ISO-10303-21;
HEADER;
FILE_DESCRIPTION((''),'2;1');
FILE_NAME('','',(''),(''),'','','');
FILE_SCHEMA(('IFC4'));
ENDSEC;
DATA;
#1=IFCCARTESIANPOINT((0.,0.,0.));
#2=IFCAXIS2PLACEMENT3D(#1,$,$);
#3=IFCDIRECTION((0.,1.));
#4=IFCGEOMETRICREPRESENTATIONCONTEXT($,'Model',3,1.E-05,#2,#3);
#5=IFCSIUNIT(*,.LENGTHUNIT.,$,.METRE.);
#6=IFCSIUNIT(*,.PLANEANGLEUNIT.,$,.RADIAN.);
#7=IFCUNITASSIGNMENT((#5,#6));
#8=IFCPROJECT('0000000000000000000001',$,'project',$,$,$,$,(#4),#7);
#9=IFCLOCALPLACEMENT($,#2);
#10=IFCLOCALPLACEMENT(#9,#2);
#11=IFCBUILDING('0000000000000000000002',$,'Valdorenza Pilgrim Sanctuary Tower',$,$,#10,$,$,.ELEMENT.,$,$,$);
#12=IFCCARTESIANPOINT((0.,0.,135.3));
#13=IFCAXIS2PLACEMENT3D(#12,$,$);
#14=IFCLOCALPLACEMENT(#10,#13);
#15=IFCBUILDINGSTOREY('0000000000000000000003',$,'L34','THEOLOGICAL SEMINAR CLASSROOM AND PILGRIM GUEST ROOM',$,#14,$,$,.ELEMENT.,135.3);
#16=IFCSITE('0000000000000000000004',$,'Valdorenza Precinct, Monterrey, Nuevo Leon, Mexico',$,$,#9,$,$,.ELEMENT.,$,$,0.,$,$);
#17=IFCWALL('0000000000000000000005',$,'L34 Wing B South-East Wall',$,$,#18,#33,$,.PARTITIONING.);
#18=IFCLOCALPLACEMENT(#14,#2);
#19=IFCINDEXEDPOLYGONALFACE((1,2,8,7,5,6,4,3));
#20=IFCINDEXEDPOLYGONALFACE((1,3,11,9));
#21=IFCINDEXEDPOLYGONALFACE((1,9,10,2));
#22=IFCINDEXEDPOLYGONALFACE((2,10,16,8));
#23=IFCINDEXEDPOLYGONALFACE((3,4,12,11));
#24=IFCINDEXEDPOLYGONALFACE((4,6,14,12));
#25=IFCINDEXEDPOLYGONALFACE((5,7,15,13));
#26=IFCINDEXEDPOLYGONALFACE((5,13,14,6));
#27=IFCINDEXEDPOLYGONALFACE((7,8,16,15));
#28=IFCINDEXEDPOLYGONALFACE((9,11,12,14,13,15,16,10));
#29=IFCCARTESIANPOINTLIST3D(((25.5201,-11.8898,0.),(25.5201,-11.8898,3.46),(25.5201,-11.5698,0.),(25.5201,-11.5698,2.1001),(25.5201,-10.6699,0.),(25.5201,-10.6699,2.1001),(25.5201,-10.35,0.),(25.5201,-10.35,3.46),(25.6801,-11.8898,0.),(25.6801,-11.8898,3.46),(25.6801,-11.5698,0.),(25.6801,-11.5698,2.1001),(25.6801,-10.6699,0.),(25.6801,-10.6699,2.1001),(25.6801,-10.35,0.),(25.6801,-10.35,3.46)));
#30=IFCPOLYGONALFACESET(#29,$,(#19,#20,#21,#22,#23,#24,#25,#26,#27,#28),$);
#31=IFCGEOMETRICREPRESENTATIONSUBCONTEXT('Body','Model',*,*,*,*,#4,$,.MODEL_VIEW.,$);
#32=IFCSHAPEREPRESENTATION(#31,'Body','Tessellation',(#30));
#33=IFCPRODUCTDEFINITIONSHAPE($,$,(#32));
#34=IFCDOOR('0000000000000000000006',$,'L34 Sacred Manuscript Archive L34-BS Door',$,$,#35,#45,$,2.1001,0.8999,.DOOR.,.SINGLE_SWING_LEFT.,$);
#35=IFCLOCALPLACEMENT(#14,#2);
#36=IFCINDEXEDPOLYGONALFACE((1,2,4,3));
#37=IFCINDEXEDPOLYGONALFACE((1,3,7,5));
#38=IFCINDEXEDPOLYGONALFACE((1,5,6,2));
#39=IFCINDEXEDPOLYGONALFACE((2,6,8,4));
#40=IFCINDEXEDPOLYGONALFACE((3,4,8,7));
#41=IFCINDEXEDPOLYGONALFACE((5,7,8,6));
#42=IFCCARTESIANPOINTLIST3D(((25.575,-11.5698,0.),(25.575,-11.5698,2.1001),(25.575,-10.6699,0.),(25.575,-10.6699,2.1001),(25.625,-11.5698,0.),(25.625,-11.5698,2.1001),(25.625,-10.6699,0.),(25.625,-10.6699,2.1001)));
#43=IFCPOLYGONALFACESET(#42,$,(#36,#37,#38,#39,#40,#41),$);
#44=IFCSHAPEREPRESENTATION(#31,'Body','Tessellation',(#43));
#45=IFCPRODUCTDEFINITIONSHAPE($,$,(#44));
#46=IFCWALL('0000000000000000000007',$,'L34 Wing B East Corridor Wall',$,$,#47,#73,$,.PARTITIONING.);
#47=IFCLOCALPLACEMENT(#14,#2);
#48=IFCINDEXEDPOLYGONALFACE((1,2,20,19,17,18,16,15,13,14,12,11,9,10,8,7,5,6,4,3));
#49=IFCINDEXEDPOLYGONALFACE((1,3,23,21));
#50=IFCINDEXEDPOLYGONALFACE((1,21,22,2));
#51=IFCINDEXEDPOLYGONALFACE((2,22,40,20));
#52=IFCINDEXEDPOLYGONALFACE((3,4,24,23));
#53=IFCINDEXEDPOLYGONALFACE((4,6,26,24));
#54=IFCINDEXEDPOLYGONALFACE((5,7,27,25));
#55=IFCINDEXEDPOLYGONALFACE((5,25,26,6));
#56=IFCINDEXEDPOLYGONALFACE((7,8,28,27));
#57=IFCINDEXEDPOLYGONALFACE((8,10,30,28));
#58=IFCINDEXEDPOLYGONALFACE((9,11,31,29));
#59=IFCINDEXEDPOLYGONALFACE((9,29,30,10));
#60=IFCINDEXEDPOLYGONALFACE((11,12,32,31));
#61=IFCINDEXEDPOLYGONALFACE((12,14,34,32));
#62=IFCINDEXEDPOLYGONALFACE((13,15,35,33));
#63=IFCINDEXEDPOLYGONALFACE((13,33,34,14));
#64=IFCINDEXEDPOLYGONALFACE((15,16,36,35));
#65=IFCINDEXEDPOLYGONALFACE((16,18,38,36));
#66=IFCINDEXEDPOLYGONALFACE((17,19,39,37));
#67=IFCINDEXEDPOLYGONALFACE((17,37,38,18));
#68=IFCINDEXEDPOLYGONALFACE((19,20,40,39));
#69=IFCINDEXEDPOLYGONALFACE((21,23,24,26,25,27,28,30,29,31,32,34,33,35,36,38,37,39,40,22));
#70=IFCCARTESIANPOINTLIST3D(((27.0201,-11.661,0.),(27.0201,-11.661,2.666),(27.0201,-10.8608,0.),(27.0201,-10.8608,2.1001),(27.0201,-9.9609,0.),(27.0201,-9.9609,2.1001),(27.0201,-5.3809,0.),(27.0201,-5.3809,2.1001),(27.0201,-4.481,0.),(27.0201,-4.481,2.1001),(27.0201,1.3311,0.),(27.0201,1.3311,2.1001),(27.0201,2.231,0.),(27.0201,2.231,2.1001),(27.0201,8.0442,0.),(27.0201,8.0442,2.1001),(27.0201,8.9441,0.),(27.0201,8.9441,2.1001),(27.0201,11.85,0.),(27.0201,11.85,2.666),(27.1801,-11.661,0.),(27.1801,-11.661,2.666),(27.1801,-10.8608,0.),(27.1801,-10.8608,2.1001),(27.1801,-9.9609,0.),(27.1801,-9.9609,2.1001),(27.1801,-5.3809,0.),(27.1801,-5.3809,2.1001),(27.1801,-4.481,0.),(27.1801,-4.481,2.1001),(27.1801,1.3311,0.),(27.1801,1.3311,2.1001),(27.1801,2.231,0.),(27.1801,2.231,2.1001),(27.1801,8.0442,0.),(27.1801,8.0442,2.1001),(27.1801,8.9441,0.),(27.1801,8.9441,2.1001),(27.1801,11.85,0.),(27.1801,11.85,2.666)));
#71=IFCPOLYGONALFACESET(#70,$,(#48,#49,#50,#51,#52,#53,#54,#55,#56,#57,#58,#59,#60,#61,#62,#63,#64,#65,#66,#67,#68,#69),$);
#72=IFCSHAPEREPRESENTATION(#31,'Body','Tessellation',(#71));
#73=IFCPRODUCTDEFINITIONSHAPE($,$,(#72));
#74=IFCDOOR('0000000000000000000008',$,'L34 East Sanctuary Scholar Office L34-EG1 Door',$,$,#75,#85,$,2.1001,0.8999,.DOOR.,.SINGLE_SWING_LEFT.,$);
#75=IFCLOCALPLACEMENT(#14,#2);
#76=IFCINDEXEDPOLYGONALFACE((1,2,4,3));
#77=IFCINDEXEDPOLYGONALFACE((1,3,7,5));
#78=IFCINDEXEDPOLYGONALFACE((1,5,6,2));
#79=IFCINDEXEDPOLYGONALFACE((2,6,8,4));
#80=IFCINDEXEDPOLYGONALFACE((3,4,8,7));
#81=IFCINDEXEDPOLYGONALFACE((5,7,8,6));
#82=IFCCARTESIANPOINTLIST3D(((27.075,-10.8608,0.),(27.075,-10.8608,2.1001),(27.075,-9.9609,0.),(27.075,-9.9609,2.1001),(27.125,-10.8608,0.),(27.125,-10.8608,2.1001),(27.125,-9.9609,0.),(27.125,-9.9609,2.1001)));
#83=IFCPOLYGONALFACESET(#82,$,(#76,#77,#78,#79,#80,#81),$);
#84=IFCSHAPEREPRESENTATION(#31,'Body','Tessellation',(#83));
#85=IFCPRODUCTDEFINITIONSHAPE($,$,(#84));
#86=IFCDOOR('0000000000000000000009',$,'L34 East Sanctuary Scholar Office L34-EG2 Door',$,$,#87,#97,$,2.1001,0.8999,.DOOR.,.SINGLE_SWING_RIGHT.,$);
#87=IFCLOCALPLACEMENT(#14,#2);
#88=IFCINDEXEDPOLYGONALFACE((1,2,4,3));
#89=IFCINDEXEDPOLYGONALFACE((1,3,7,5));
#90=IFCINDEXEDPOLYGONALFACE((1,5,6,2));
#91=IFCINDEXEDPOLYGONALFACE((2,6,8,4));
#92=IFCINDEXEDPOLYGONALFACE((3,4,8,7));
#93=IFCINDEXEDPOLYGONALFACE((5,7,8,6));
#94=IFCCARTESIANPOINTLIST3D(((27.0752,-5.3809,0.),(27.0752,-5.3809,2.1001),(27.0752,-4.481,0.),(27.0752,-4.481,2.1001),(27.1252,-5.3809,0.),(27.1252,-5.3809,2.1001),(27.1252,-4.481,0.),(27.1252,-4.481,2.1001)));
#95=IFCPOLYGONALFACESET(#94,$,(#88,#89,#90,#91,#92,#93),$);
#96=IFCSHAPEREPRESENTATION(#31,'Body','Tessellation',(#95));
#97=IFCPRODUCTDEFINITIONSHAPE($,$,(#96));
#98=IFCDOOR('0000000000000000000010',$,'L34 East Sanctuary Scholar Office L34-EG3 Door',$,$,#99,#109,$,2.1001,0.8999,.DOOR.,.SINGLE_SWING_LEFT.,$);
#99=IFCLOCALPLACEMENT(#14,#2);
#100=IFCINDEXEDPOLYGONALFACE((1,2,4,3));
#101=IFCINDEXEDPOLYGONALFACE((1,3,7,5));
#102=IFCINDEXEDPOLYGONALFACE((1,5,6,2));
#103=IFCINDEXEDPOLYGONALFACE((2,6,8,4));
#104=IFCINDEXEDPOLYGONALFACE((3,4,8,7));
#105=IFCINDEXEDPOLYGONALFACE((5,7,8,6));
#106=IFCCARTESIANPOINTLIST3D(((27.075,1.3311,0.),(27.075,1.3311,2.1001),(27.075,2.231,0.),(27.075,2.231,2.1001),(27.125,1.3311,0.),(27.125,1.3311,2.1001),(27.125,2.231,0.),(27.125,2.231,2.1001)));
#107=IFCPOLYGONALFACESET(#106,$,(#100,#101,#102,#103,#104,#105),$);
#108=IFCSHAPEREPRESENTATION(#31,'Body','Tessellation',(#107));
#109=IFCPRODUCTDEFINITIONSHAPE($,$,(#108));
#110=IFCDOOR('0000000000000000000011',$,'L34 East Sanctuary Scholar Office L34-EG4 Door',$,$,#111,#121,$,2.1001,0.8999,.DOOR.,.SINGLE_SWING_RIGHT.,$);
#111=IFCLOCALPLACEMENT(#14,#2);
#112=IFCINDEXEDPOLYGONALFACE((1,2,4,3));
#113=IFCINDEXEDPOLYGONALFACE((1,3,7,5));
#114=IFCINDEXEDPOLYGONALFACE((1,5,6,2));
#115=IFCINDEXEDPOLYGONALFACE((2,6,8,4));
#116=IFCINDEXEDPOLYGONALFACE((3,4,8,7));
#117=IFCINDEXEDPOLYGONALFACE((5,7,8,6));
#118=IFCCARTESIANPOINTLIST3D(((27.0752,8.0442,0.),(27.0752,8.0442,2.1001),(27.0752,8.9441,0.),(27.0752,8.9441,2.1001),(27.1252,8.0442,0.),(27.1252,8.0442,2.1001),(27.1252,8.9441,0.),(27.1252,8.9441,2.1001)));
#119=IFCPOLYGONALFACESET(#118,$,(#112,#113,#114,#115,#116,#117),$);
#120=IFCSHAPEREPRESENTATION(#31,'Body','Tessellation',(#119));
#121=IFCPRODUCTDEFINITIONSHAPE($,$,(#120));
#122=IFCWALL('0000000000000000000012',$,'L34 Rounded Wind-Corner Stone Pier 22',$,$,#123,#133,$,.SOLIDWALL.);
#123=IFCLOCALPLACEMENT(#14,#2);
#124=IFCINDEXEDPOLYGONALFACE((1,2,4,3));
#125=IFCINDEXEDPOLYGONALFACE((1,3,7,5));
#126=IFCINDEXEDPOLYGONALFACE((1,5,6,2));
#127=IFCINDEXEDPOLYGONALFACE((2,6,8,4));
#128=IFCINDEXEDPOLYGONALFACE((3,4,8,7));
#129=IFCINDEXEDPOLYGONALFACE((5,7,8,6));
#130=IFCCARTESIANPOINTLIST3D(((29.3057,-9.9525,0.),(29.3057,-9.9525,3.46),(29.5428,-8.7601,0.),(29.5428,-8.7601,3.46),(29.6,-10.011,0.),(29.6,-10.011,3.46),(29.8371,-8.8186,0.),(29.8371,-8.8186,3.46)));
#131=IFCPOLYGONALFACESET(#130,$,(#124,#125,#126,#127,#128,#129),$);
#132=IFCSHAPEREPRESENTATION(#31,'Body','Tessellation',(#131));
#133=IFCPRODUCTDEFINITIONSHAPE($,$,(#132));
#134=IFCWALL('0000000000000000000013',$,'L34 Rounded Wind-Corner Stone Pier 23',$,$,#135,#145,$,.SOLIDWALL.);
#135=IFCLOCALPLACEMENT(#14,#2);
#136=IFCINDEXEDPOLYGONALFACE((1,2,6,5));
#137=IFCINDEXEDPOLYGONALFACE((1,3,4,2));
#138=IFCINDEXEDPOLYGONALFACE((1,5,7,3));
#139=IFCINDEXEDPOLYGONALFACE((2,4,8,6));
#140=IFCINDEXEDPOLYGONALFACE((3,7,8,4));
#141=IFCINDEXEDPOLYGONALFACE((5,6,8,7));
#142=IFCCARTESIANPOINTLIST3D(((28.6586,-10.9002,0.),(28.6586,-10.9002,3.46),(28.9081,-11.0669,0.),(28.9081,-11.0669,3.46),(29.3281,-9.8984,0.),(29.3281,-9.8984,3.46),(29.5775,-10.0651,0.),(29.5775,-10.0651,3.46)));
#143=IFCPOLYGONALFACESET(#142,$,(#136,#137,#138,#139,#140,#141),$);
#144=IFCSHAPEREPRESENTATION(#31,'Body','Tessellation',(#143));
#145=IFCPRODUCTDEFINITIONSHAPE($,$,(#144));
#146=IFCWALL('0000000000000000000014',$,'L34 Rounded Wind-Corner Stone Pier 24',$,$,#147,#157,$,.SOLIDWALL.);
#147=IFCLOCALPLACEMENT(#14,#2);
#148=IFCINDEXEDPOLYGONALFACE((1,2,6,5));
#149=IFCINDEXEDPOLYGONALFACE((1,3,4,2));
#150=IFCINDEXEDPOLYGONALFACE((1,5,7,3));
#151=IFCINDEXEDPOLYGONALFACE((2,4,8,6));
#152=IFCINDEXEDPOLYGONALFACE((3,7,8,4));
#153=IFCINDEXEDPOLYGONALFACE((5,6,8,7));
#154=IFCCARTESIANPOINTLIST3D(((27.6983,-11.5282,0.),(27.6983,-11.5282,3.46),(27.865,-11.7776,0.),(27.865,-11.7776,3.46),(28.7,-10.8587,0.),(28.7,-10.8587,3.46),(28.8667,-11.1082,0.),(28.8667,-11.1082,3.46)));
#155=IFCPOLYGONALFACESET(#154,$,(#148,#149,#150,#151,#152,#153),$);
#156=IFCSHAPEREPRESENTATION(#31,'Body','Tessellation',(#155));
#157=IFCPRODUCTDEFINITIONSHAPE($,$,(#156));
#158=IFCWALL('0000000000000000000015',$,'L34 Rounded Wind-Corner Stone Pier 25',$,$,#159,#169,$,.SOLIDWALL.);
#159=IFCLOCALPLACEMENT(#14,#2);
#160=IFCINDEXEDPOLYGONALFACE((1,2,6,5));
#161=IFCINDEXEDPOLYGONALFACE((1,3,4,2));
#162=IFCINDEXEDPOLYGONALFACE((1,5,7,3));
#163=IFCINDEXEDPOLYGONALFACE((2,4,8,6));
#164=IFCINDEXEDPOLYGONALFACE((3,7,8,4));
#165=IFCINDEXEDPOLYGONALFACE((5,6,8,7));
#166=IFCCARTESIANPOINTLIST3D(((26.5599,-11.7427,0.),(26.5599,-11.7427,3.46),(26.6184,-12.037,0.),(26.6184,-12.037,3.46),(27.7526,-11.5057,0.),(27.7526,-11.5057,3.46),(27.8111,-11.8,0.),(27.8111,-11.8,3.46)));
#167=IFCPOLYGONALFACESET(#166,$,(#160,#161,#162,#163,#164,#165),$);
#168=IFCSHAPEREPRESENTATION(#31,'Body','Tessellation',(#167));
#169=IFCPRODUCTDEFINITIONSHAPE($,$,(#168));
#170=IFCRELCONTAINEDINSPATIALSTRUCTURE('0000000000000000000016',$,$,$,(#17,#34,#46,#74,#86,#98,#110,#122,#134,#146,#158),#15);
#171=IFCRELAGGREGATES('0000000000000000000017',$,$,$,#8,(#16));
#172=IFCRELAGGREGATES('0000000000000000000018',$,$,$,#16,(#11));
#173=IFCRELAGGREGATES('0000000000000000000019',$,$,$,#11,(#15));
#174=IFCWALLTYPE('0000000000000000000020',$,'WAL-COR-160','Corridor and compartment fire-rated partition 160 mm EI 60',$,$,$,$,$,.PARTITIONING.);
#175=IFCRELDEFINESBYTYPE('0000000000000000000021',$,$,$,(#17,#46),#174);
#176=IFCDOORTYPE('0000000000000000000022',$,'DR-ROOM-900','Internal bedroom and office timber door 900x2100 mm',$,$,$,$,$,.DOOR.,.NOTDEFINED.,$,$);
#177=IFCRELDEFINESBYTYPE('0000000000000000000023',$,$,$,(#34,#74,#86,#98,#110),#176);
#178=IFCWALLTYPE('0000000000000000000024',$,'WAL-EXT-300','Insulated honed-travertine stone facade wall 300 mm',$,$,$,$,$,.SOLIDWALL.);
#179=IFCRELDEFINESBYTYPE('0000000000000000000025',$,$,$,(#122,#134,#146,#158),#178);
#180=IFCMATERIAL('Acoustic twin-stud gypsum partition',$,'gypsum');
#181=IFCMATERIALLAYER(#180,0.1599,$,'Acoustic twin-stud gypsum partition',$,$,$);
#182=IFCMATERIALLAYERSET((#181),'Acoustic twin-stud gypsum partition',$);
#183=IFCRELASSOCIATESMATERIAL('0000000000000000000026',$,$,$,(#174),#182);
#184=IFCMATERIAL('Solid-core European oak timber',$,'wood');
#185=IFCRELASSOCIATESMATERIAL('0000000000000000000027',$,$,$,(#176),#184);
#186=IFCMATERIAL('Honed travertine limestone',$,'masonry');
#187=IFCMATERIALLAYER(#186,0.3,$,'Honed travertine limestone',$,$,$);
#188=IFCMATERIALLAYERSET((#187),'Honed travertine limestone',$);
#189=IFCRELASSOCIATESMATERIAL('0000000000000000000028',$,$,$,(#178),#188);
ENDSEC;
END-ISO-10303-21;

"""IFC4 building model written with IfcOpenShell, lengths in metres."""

from ifc_helpers import new_model, si_unit, direction, frame, frame_2d, origin, place, context, subcontext, project, spatial, rectangle, extrude, material, layer, layer_set, type_object, element, fill, save


model = new_model("IFC4")

# Units and contexts
model_context = context("Model", 3, precision=1e-05, world=origin(), true_north=direction((0.0, 1.0)))
body_context = subcontext(model_context, "Body", "Model", "MODEL_VIEW")
ifc_project = project(units=[si_unit("LENGTHUNIT", "METRE"), si_unit("PLANEANGLEUNIT", "RADIAN")], contexts=[model_context])

# Site, building, storey
site_placement = place(None, origin())
site = spatial("IfcSite", under=ifc_project, at=site_placement, Name="Valdorenza Precinct, Monterrey, Nuevo Leon, Mexico", CompositionType="ELEMENT", RefElevation=0.0)
building_placement = place(site_placement, origin())
building = spatial("IfcBuilding", under=site, at=building_placement, Name="Valdorenza Pilgrim Sanctuary Tower", CompositionType="ELEMENT")
storey_placement = place(building_placement, frame((0.0, 0.0, 135.3)))
storey = spatial("IfcBuildingStorey", under=building, at=storey_placement, Name="L34", Description="THEOLOGICAL SEMINAR CLASSROOM AND PILGRIM GUEST ROOM", CompositionType="ELEMENT", Elevation=135.3)

# Wall, opening, door
ifc_material_1 = material(Name="Acoustic twin-stud gypsum partition", Category="gypsum")
ifc_layer_1 = layer(ifc_material_1, 0.1599, Name="Acoustic twin-stud gypsum partition")
ifc_layer_set_1 = layer_set([ifc_layer_1], Name="Acoustic twin-stud gypsum partition")
wall_type_1 = type_object("IfcWallType", Name="WAL-COR-160", Description="Corridor and compartment fire-rated partition 160 mm EI 60", PredefinedType="PARTITIONING", material=ifc_layer_set_1)
wall_1_placement = place(storey_placement, frame((25.6001, -11.8899, 0.0), z_axis=(0.0, 0.0, 1.0), x_axis=(0.0, 1.0, 0.0)))
wall_1 = element("IfcWall", 1, at=wall_1_placement, inside=storey, type_object=wall_type_1, Name="L34 Wing B South-East Wall", PredefinedType="PARTITIONING", context=body_context, shape_type="SweptSolid", body=[
    extrude(rectangle(XDim=1.5398, YDim=0.1599, at=frame_2d((0.77, 0.0))), origin(), (0.0, 0.0, 1.0), 3.46),
])
opening_1_placement = place(wall_1_placement, frame((0.3201, 0.0, 0.0)))
opening_1 = element("IfcOpeningElement", 2, at=opening_1_placement, cuts=wall_1, PredefinedType="OPENING", context=body_context, shape_type="SweptSolid", body=[
    extrude(rectangle(XDim=0.8999, YDim=2.1001, at=frame_2d((0.45, 1.05))), frame((0.0, 0.0947, 0.0), z_axis=(0.0, -1.0, 0.0), x_axis=(1.0, 0.0, 0.0)), (0.0, 0.0, 1.0), 0.1897),
])
ifc_material_2 = material(Name="Solid-core European oak timber", Category="wood")
door_type = type_object("IfcDoorType", Name="DR-ROOM-900", Description="Internal bedroom and office timber door 900x2100 mm", OperationType="NOTDEFINED", PredefinedType="DOOR", material=ifc_material_2)
door_1_placement = place(opening_1_placement, frame((0.8999, 0.0, 0.0), z_axis=(0.0, 0.0, 1.0), x_axis=(-1.0, 0.0, 0.0)))
door_1 = element("IfcDoor", 3, at=door_1_placement, inside=storey, type_object=door_type, Name="L34 Sacred Manuscript Archive L34-BS Door", OperationType="SINGLE_SWING_LEFT", OverallHeight=2.1001, OverallWidth=0.8999, PredefinedType="DOOR", context=body_context, shape_type="SweptSolid", body=[
    extrude(rectangle(XDim=0.8999, YDim=2.1001, at=frame_2d((0.45, 1.05))), frame((0.0, 0.0249, 0.0), z_axis=(0.0, -1.0, 0.0), x_axis=(1.0, 0.0, 0.0)), (0.0, 0.0, 1.0), 0.05),
])
fill(opening_1, door_1)

# Wall, openings, doors
wall_2_placement = place(storey_placement, frame((27.1001, -11.6609, 0.0), z_axis=(0.0, 0.0, 1.0), x_axis=(0.0, 1.0, 0.0)))
wall_2 = element("IfcWall", 4, at=wall_2_placement, inside=storey, type_object=wall_type_1, Name="L34 Wing B East Corridor Wall", PredefinedType="PARTITIONING", context=body_context, shape_type="SweptSolid", body=[
    extrude(rectangle(XDim=23.511, YDim=0.1599, at=frame_2d((11.7554, 0.0))), origin(), (0.0, 0.0, 1.0), 2.666),
])
opening_2_placement = place(wall_2_placement, frame((0.8, 0.0, 0.0)))
opening_2 = element("IfcOpeningElement", 5, at=opening_2_placement, cuts=wall_2, PredefinedType="OPENING", context=body_context, shape_type="SweptSolid", body=[
    extrude(rectangle(XDim=0.8999, YDim=2.1001, at=frame_2d((0.45, 1.05))), frame((0.0, 0.0947, 0.0), z_axis=(0.0, -1.0, 0.0), x_axis=(1.0, 0.0, 0.0)), (0.0, 0.0, 1.0), 0.1897),
])
opening_3_placement = place(wall_2_placement, frame((6.28, 0.0, 0.0)))
opening_3 = element("IfcOpeningElement", 6, at=opening_3_placement, cuts=wall_2, PredefinedType="OPENING", context=body_context, shape_type="SweptSolid", body=[
    extrude(rectangle(XDim=0.8999, YDim=2.1001, at=frame_2d((0.45, 1.05))), frame((0.0, 0.0947, 0.0), z_axis=(0.0, -1.0, 0.0), x_axis=(1.0, 0.0, 0.0)), (0.0, 0.0, 1.0), 0.1897),
])
opening_4_placement = place(wall_2_placement, frame((12.9919, 0.0, 0.0)))
opening_4 = element("IfcOpeningElement", 7, at=opening_4_placement, cuts=wall_2, PredefinedType="OPENING", context=body_context, shape_type="SweptSolid", body=[
    extrude(rectangle(XDim=0.8999, YDim=2.1001, at=frame_2d((0.45, 1.05))), frame((0.0, 0.0947, 0.0), z_axis=(0.0, -1.0, 0.0), x_axis=(1.0, 0.0, 0.0)), (0.0, 0.0, 1.0), 0.1897),
])
opening_5_placement = place(wall_2_placement, frame((19.7051, 0.0, 0.0)))
opening_5 = element("IfcOpeningElement", 8, at=opening_5_placement, cuts=wall_2, PredefinedType="OPENING", context=body_context, shape_type="SweptSolid", body=[
    extrude(rectangle(XDim=0.8999, YDim=2.1001, at=frame_2d((0.45, 1.05))), frame((0.0, 0.0947, 0.0), z_axis=(0.0, -1.0, 0.0), x_axis=(1.0, 0.0, 0.0)), (0.0, 0.0, 1.0), 0.1897),
])
door_2_placement = place(opening_2_placement, frame((0.8999, 0.0, 0.0), z_axis=(0.0, 0.0, 1.0), x_axis=(-1.0, 0.0, 0.0)))
door_2 = element("IfcDoor", 9, at=door_2_placement, inside=storey, type_object=door_type, Name="L34 East Sanctuary Scholar Office L34-EG1 Door", OperationType="SINGLE_SWING_LEFT", OverallHeight=2.1001, OverallWidth=0.8999, PredefinedType="DOOR", context=body_context, shape_type="SweptSolid", body=[
    extrude(rectangle(XDim=0.8999, YDim=2.1001, at=frame_2d((0.45, 1.05))), frame((0.0, 0.0249, 0.0), z_axis=(0.0, -1.0, 0.0), x_axis=(1.0, 0.0, 0.0)), (0.0, 0.0, 1.0), 0.05),
])
fill(opening_2, door_2)
door_3_placement = place(opening_3_placement, origin())
door_3 = element("IfcDoor", 10, at=door_3_placement, inside=storey, type_object=door_type, Name="L34 East Sanctuary Scholar Office L34-EG2 Door", OperationType="SINGLE_SWING_RIGHT", OverallHeight=2.1001, OverallWidth=0.8999, PredefinedType="DOOR", context=body_context, shape_type="SweptSolid", body=[
    extrude(rectangle(XDim=0.8999, YDim=2.1001, at=frame_2d((0.45, 1.05))), frame((0.0, 0.0249, 0.0), z_axis=(0.0, -1.0, 0.0), x_axis=(1.0, 0.0, 0.0)), (0.0, 0.0, 1.0), 0.05),
])
fill(opening_3, door_3)
door_4_placement = place(opening_4_placement, frame((0.8999, 0.0, 0.0), z_axis=(0.0, 0.0, 1.0), x_axis=(-1.0, 0.0, 0.0)))
door_4 = element("IfcDoor", 11, at=door_4_placement, inside=storey, type_object=door_type, Name="L34 East Sanctuary Scholar Office L34-EG3 Door", OperationType="SINGLE_SWING_LEFT", OverallHeight=2.1001, OverallWidth=0.8999, PredefinedType="DOOR", context=body_context, shape_type="SweptSolid", body=[
    extrude(rectangle(XDim=0.8999, YDim=2.1001, at=frame_2d((0.45, 1.05))), frame((0.0, 0.0249, 0.0), z_axis=(0.0, -1.0, 0.0), x_axis=(1.0, 0.0, 0.0)), (0.0, 0.0, 1.0), 0.05),
])
fill(opening_4, door_4)
door_5_placement = place(opening_5_placement, origin())
door_5 = element("IfcDoor", 12, at=door_5_placement, inside=storey, type_object=door_type, Name="L34 East Sanctuary Scholar Office L34-EG4 Door", OperationType="SINGLE_SWING_RIGHT", OverallHeight=2.1001, OverallWidth=0.8999, PredefinedType="DOOR", context=body_context, shape_type="SweptSolid", body=[
    extrude(rectangle(XDim=0.8999, YDim=2.1001, at=frame_2d((0.45, 1.05))), frame((0.0, 0.0249, 0.0), z_axis=(0.0, -1.0, 0.0), x_axis=(1.0, 0.0, 0.0)), (0.0, 0.0, 1.0), 0.05),
])
fill(opening_5, door_5)

# Walls
ifc_material_3 = material(Name="Honed travertine limestone", Category="masonry")
ifc_layer_2 = layer(ifc_material_3, 0.3, Name="Honed travertine limestone")
ifc_layer_set_2 = layer_set([ifc_layer_2], Name="Honed travertine limestone")
wall_type_2 = type_object("IfcWallType", Name="WAL-EXT-300", Description="Insulated honed-travertine stone facade wall 300 mm", PredefinedType="SOLIDWALL", material=ifc_layer_set_2)
wall_3_placement = place(storey_placement, frame((29.6899, -8.7893, 0.0), z_axis=(0.0, 0.0, 1.0), x_axis=(-0.194996, -0.980804, 0.0)))
element("IfcWall", 13, at=wall_3_placement, inside=storey, type_object=wall_type_2, Name="L34 Rounded Wind-Corner Stone Pier 22", PredefinedType="SOLIDWALL", context=body_context, shape_type="SweptSolid", body=[
    extrude(rectangle(XDim=1.2158, YDim=0.3, at=frame_2d((0.6079, 0.0))), origin(), (0.0, 0.0, 1.0), 3.46),
])
for number, where, z_axis, x_axis, name in (
    (14, (29.4529, -9.9817, 0.0), (0.0, 0.0, 1.0), (-0.555635, -0.831426, 0.0), "L34 Rounded Wind-Corner Stone Pier 23"),
    (15, (28.7834, -10.9834, 0.0), (0.0, 0.0, 1.0), (-0.831426, -0.555635, 0.0), "L34 Rounded Wind-Corner Stone Pier 24"),
):
    element("IfcWall", number, at=place(storey_placement, frame(where, z_axis=z_axis, x_axis=x_axis)), inside=storey, type_object=wall_type_2, Name=name, PredefinedType="SOLIDWALL", context=body_context, shape_type="SweptSolid", body=[
        extrude(rectangle(XDim=1.2048, YDim=0.3, at=frame_2d((0.6025, 0.0))), origin(), (0.0, 0.0, 1.0), 3.46),
    ])
wall_4_placement = place(storey_placement, frame((27.7817, -11.6528, 0.0), z_axis=(0.0, 0.0, 1.0), x_axis=(-0.980812, -0.194958, 0.0)))
element("IfcWall", 16, at=wall_4_placement, inside=storey, type_object=wall_type_2, Name="L34 Rounded Wind-Corner Stone Pier 25", PredefinedType="SOLIDWALL", context=body_context, shape_type="SweptSolid", body=[
    extrude(rectangle(XDim=1.2161, YDim=0.3, at=frame_2d((0.6079, 0.0))), origin(), (0.0, 0.0, 1.0), 3.46),
])

save(model, "model.ifc")
